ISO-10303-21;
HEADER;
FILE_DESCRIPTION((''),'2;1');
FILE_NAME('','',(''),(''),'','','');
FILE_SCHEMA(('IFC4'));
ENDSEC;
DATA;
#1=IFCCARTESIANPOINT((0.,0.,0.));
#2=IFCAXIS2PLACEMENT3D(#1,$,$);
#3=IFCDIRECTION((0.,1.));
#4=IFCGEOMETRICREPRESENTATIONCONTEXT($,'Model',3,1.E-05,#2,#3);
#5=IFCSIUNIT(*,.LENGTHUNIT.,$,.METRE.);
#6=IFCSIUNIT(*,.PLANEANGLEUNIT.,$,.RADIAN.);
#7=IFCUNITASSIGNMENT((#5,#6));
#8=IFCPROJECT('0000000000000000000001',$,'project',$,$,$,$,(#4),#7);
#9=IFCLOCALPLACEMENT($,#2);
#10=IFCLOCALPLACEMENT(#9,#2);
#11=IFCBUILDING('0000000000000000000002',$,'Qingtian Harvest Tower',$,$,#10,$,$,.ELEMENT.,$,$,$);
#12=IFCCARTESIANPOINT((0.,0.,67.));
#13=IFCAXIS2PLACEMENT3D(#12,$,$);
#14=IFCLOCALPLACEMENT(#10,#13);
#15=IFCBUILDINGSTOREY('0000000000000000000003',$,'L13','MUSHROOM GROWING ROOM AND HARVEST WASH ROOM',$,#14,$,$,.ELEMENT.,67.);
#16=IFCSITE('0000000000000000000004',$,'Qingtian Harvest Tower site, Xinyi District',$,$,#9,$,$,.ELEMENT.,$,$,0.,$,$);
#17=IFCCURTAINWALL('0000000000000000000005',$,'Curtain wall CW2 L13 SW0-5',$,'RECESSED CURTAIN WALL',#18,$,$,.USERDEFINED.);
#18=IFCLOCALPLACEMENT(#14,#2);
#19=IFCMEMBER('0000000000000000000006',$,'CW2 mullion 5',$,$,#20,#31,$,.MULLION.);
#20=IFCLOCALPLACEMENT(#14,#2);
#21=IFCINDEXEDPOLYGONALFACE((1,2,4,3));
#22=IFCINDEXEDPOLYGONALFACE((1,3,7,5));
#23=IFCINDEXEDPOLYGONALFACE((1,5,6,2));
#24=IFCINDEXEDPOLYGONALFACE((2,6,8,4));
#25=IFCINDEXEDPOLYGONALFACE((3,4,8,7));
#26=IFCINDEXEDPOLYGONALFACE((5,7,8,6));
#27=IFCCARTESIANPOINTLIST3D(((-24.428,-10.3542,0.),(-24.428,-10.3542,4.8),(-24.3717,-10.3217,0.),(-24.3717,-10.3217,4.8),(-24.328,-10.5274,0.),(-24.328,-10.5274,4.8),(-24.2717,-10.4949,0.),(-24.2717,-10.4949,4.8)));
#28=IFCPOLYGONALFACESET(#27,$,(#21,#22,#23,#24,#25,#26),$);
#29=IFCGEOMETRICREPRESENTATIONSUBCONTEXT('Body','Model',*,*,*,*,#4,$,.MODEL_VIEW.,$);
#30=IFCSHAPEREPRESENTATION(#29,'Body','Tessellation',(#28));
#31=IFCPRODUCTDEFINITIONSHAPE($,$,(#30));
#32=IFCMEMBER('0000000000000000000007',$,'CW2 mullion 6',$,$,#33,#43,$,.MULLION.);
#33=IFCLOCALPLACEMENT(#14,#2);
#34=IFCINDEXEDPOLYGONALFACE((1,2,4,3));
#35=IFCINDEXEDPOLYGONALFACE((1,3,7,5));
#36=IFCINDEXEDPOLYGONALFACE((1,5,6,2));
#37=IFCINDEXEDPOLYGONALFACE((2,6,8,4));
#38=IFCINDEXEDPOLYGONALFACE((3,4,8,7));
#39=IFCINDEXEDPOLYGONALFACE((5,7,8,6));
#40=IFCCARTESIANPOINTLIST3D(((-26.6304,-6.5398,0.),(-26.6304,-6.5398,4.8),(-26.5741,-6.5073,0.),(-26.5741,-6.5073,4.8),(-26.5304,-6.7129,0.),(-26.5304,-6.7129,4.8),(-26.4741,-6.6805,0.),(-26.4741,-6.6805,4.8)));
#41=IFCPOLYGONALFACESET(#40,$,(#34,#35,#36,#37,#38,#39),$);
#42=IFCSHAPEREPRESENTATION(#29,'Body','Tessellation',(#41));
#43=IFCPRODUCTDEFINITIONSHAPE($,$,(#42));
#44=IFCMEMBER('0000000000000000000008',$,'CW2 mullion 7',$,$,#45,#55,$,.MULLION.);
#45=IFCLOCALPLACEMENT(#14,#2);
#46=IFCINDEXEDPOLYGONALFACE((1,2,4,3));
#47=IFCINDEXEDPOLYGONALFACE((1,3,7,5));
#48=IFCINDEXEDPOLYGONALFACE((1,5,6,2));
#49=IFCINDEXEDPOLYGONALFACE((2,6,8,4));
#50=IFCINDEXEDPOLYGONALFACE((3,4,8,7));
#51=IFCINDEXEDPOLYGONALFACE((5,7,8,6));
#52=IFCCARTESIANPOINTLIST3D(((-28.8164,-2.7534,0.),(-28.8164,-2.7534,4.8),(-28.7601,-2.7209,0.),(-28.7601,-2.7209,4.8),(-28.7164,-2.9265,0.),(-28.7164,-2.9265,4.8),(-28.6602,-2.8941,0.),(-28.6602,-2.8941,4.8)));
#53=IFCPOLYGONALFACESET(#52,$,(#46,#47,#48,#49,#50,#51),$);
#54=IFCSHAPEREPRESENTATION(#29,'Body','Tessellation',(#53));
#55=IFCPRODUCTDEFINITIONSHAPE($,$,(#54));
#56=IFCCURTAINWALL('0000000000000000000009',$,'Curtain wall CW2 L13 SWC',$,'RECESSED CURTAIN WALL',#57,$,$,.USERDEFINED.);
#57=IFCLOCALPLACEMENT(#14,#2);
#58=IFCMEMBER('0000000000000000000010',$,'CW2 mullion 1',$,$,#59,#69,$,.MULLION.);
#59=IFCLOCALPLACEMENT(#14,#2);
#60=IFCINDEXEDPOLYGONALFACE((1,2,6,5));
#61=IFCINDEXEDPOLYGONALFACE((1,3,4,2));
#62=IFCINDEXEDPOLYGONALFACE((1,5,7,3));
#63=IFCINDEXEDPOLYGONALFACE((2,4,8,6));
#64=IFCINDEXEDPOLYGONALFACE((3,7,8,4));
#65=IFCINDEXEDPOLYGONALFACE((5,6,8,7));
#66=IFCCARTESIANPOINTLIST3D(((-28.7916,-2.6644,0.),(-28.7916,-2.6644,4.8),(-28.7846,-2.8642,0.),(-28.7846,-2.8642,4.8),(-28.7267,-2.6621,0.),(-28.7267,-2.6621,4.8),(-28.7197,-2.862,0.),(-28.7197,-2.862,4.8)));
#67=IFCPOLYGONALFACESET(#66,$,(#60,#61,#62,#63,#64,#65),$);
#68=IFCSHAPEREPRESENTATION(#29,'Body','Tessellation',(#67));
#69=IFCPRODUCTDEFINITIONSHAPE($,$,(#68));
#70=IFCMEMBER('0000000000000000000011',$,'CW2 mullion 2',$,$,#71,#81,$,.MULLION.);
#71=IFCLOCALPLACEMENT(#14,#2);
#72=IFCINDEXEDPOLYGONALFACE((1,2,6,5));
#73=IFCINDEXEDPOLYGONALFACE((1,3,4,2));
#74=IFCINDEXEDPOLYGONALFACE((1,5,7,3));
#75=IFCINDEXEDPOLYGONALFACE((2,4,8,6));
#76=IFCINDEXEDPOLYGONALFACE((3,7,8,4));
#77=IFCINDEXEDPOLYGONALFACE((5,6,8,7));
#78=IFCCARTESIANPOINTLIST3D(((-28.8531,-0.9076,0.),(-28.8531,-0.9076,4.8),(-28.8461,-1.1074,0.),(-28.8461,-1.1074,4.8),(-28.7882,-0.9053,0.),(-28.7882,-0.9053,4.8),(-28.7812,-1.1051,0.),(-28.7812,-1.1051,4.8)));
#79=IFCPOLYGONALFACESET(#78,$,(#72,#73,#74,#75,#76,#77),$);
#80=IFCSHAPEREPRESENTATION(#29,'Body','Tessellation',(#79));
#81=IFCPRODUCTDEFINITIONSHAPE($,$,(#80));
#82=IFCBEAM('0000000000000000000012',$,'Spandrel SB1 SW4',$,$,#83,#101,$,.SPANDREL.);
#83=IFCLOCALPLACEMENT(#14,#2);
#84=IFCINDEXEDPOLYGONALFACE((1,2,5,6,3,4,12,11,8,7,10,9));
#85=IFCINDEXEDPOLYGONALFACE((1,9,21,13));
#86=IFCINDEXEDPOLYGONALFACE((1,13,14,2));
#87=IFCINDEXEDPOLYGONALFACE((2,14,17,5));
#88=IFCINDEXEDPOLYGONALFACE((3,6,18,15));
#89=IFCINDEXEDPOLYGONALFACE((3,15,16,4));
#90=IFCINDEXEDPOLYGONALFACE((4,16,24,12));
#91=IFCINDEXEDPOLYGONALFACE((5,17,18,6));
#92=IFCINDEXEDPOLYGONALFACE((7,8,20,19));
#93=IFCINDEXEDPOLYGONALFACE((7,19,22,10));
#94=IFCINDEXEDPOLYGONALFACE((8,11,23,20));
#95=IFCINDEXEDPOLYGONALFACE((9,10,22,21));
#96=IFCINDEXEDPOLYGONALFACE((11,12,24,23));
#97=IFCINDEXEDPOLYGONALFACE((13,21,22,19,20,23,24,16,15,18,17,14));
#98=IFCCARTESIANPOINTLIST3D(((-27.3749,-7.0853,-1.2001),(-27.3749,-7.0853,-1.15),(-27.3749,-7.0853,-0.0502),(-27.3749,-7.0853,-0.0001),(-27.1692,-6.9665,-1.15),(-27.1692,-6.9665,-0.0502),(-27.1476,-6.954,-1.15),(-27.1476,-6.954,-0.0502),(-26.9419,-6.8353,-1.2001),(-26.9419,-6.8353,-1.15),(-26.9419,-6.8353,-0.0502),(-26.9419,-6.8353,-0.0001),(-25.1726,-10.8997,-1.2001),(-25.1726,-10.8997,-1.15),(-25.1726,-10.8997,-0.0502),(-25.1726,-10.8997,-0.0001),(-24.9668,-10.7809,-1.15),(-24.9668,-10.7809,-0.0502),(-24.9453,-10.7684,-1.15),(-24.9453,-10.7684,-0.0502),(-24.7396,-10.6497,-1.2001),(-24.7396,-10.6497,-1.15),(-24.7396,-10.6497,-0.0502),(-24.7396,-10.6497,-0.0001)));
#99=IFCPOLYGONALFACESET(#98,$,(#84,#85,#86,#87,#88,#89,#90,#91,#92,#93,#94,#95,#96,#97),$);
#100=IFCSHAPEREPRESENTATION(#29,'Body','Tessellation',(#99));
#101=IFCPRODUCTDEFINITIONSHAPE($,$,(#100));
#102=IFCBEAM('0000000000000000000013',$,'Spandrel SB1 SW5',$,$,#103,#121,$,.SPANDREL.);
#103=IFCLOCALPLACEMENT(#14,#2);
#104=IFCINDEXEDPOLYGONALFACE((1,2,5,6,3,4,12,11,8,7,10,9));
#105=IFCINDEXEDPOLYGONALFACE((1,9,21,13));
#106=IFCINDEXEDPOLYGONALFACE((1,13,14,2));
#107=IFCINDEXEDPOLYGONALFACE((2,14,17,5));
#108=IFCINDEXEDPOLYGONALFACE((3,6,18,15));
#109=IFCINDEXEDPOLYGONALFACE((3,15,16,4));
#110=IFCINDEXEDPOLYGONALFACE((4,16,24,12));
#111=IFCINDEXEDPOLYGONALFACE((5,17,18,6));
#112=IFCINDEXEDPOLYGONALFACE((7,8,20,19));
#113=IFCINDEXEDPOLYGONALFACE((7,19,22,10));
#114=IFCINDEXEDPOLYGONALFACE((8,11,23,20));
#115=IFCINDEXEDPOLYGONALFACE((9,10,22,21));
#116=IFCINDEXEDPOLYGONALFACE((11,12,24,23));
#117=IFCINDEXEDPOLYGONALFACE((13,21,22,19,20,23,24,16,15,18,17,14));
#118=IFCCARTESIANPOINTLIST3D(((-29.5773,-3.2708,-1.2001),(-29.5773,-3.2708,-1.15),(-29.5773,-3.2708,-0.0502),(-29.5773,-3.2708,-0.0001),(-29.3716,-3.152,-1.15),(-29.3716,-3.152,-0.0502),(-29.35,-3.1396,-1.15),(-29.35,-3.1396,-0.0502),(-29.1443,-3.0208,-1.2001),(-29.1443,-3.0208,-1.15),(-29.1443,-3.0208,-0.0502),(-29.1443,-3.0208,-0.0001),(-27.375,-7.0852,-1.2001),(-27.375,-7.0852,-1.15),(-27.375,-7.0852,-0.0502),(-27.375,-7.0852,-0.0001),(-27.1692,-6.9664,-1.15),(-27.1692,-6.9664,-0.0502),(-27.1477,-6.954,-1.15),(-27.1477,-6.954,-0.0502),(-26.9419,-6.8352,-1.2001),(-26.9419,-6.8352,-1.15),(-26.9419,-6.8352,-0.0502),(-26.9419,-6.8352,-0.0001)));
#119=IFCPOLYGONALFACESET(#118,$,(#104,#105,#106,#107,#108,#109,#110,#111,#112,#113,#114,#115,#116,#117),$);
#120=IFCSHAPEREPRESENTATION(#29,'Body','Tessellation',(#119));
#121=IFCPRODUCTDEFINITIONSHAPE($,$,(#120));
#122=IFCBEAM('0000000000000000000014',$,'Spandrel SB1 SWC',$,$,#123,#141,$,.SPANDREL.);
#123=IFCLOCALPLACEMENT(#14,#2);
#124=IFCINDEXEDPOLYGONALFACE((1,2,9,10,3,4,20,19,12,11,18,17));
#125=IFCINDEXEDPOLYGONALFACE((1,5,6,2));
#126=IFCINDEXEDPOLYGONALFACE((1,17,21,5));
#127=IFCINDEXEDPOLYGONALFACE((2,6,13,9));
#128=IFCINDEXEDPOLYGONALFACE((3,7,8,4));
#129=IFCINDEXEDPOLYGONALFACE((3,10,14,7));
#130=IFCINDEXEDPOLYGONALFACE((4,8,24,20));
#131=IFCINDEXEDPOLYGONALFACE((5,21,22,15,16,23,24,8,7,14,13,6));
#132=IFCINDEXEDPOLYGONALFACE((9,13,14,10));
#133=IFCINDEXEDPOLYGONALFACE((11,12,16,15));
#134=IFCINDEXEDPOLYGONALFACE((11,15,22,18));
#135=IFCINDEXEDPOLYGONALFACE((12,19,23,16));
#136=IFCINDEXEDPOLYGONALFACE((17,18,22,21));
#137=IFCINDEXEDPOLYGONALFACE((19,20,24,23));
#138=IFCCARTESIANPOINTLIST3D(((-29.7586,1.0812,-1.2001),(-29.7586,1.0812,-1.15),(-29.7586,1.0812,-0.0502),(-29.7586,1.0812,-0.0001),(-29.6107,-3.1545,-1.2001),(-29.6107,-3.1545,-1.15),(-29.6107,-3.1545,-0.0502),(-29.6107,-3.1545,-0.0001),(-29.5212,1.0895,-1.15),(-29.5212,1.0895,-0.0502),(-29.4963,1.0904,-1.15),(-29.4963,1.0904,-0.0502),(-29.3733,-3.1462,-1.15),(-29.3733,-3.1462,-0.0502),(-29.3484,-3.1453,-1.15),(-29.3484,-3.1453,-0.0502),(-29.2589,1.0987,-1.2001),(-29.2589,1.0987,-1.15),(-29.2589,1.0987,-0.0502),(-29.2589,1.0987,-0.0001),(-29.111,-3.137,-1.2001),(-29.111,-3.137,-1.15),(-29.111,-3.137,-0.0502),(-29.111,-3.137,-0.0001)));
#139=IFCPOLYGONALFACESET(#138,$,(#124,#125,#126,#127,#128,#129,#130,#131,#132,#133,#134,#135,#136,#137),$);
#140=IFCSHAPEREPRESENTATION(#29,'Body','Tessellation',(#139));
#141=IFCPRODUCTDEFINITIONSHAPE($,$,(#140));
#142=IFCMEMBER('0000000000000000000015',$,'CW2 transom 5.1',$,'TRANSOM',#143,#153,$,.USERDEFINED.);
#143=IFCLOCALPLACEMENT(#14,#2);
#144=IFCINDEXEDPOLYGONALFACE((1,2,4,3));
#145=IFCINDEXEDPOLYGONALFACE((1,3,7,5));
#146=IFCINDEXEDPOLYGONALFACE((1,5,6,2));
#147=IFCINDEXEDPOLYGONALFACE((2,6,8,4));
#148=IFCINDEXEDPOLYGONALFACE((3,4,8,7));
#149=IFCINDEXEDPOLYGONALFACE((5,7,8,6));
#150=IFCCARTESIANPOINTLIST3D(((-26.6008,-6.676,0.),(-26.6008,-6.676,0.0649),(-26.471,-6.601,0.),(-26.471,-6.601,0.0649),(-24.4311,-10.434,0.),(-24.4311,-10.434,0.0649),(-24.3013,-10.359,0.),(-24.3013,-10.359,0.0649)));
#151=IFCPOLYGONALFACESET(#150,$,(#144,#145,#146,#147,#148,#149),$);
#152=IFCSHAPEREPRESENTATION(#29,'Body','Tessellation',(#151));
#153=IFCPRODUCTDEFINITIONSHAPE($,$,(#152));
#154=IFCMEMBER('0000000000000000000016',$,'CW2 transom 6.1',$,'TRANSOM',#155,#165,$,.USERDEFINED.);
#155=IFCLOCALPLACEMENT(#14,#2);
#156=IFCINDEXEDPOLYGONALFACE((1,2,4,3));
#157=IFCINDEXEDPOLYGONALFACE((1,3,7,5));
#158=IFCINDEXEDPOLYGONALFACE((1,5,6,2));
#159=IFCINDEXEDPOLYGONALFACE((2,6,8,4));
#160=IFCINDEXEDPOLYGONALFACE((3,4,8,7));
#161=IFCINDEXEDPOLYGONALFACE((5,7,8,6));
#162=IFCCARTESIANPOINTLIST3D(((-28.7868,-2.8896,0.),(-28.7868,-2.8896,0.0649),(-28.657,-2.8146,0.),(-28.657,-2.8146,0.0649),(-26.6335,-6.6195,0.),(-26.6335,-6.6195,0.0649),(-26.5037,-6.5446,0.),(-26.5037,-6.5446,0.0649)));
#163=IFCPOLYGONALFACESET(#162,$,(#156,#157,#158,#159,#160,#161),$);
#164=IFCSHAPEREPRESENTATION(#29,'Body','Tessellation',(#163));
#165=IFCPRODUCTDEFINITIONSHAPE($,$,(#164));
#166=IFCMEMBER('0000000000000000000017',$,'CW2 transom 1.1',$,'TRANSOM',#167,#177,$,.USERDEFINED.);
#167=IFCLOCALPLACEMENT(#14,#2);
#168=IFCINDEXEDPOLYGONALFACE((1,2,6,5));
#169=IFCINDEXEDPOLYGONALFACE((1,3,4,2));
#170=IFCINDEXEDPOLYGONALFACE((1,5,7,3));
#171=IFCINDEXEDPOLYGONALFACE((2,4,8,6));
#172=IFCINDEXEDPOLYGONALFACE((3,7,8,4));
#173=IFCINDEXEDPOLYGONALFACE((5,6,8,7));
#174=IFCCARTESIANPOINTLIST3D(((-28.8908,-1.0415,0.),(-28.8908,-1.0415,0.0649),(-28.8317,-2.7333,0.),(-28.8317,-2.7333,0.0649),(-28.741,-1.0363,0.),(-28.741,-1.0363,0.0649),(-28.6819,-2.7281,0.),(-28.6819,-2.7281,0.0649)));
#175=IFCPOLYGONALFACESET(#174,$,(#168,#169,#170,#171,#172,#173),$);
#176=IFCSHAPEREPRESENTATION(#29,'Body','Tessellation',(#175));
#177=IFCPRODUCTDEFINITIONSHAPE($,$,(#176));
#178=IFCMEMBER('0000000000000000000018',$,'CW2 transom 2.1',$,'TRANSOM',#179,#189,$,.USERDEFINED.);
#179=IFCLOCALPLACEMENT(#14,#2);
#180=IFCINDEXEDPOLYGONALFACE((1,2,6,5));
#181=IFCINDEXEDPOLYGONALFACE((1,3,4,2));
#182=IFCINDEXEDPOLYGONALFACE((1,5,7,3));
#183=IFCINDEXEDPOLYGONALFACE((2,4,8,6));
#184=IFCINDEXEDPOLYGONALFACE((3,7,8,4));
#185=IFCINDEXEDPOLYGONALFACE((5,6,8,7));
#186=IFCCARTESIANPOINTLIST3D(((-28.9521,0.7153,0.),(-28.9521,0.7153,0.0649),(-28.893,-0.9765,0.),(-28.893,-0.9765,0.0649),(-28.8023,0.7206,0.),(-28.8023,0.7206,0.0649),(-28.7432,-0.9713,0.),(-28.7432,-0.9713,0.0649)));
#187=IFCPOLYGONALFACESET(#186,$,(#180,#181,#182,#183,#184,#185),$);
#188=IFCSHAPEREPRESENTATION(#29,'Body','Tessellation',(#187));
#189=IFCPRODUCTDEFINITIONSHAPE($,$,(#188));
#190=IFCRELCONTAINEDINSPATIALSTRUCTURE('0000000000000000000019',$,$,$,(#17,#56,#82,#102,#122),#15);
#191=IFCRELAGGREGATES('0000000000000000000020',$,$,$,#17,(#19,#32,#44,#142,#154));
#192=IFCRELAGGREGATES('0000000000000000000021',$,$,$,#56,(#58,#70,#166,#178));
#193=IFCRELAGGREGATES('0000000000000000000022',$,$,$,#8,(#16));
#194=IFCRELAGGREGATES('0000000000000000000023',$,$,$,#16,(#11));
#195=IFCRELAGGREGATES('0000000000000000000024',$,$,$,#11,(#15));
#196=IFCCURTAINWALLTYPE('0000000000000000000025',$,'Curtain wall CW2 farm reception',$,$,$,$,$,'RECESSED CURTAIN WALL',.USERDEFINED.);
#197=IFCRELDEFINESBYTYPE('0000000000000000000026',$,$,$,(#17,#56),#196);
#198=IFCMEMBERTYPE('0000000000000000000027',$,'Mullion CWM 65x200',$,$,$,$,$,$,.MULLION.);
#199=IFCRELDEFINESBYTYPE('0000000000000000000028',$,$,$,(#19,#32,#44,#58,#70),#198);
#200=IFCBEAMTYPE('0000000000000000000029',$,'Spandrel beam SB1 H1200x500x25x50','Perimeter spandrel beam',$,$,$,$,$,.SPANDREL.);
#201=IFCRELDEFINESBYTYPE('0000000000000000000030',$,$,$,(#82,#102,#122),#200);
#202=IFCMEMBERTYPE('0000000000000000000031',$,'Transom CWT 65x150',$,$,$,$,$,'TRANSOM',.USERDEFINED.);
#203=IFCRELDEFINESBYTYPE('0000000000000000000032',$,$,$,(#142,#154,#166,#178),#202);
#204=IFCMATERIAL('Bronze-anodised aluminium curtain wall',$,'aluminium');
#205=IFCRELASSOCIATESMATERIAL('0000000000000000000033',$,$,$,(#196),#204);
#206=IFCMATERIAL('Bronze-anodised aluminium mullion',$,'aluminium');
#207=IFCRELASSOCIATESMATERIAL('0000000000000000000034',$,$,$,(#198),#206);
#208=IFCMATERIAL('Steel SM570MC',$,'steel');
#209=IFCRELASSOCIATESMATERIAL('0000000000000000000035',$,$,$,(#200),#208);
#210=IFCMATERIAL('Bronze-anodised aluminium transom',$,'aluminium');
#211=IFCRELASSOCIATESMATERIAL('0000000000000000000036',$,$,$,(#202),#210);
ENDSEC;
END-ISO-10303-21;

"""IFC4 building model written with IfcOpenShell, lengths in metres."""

from ifc_helpers import new_model, si_unit, direction, frame, origin, origin_2d, place, context, subcontext, project, spatial, rectangle, i_section, extrude, material, material_profile, profile_set, type_object, element, aggregate, save


model = new_model("IFC4")

# Units and contexts
model_context = context("Model", 3, precision=1e-05, world=origin(), true_north=direction((0.0, 1.0)))
body_context = subcontext(model_context, "Body", "Model", "MODEL_VIEW")
ifc_project = project(units=[si_unit("LENGTHUNIT", "METRE"), si_unit("PLANEANGLEUNIT", "RADIAN")], contexts=[model_context])

# Site, building, storey
site_placement = place(None, origin())
site = spatial("IfcSite", under=ifc_project, at=site_placement, Name="Qingtian Harvest Tower site, Xinyi District", CompositionType="ELEMENT", RefElevation=0.0)
building_placement = place(site_placement, origin())
building = spatial("IfcBuilding", under=site, at=building_placement, Name="Qingtian Harvest Tower", CompositionType="ELEMENT")
storey_placement = place(building_placement, frame((0.0, 0.0, 67.0)))
storey = spatial("IfcBuildingStorey", under=building, at=storey_placement, Name="L13", Description="MUSHROOM GROWING ROOM AND HARVEST WASH ROOM", CompositionType="ELEMENT", Elevation=67.0)

# Curtain walls, members
ifc_material_1 = material(Name="Bronze-anodised aluminium curtain wall", Category="aluminium")
curtain_wall_type = type_object("IfcCurtainWallType", Name="Curtain wall CW2 farm reception", ElementType="RECESSED CURTAIN WALL", PredefinedType="USERDEFINED", material=ifc_material_1)
curtain_wall_1_placement = place(storey_placement, origin())
curtain_wall_1 = element("IfcCurtainWall", 1, at=curtain_wall_1_placement, inside=storey, type_object=curtain_wall_type, Name="Curtain wall CW2 L13 SW0-5", ObjectType="RECESSED CURTAIN WALL", PredefinedType="USERDEFINED")
ifc_material_2 = material(Name="Bronze-anodised aluminium mullion", Category="aluminium")
ifc_material_profile_1 = material_profile(ifc_material_2, rectangle(XDim=0.0649, YDim=0.2, at=origin_2d()), Name="AL 65x200")
ifc_profile_set_1 = profile_set([ifc_material_profile_1], Name="Bronze-anodised aluminium mullion")
member_type_1 = type_object("IfcMemberType", Name="Mullion CWM 65x200", PredefinedType="MULLION", material=ifc_profile_set_1)
member_1_placement = place(storey_placement, frame((-24.3499, -10.4246, 0.0), z_axis=(0.0, 0.0, 1.0), x_axis=(-0.866025, -0.5, 0.0)))
member_1 = element("IfcMember", 2, at=member_1_placement, type_object=member_type_1, Name="CW2 mullion 5", PredefinedType="MULLION", context=body_context, shape_type="SweptSolid", body=[
    extrude(rectangle(XDim=0.0649, YDim=0.2, at=origin_2d()), origin(), (0.0, 0.0, 1.0), 4.8),
])
member_2_placement = place(storey_placement, frame((-26.5522, -6.6101, 0.0), z_axis=(0.0, 0.0, 1.0), x_axis=(-0.866025, -0.5, 0.0)))
member_2 = element("IfcMember", 3, at=member_2_placement, type_object=member_type_1, Name="CW2 mullion 6", PredefinedType="MULLION", context=body_context, shape_type="SweptSolid", body=[
    extrude(rectangle(XDim=0.0649, YDim=0.2, at=origin_2d()), origin(), (0.0, 0.0, 1.0), 4.8),
])
member_3_placement = place(storey_placement, frame((-28.7383, -2.8237, 0.0), z_axis=(0.0, 0.0, 1.0), x_axis=(-0.866025, -0.5, 0.0)))
member_3 = element("IfcMember", 4, at=member_3_placement, type_object=member_type_1, Name="CW2 mullion 7", PredefinedType="MULLION", context=body_context, shape_type="SweptSolid", body=[
    extrude(rectangle(XDim=0.0649, YDim=0.2, at=origin_2d()), origin(), (0.0, 0.0, 1.0), 4.8),
])
curtain_wall_2_placement = place(storey_placement, origin())
curtain_wall_2 = element("IfcCurtainWall", 5, at=curtain_wall_2_placement, inside=storey, type_object=curtain_wall_type, Name="Curtain wall CW2 L13 SWC", ObjectType="RECESSED CURTAIN WALL", PredefinedType="USERDEFINED")
member_4_placement = place(storey_placement, frame((-28.7556, -2.7632, 0.0), z_axis=(0.0, 0.0, 1.0), x_axis=(-0.999391, -0.034899, 0.0)))
member_4 = element("IfcMember", 6, at=member_4_placement, type_object=member_type_1, Name="CW2 mullion 1", PredefinedType="MULLION", context=body_context, shape_type="SweptSolid", body=[
    extrude(rectangle(XDim=0.0649, YDim=0.2, at=origin_2d()), origin(), (0.0, 0.0, 1.0), 4.8),
])
member_5_placement = place(storey_placement, frame((-28.8171, -1.0063, 0.0), z_axis=(0.0, 0.0, 1.0), x_axis=(-0.999391, -0.034899, 0.0)))
member_5 = element("IfcMember", 7, at=member_5_placement, type_object=member_type_1, Name="CW2 mullion 2", PredefinedType="MULLION", context=body_context, shape_type="SweptSolid", body=[
    extrude(rectangle(XDim=0.0649, YDim=0.2, at=origin_2d()), origin(), (0.0, 0.0, 1.0), 4.8),
])

# Beams
ifc_material_3 = material(Name="Steel SM570MC", Category="steel")
ifc_material_profile_2 = material_profile(ifc_material_3, i_section(OverallWidth=0.5, OverallDepth=1.2, WebThickness=0.0249, FlangeThickness=0.05, at=origin_2d()), Name="H1200x500x25x50")
ifc_profile_set_2 = profile_set([ifc_material_profile_2], Name="Steel SM570MC")
beam_type_1 = type_object("IfcBeamType", Name="Spandrel beam SB1 H1200x500x25x50", Description="Perimeter spandrel beam", PredefinedType="SPANDREL", material=ifc_profile_set_2)
for number, where, z_axis, x_axis, name in (
    (8, (-24.9561, -10.7747, -0.6001), (-0.50002, 0.866014, 0.0), (-0.866014, -0.50002, 0.0), "Spandrel SB1 SW4"),
    (9, (-27.1584, -6.9602, -0.6001), (-0.50002, 0.866014, 0.0), (-0.866014, -0.50002, 0.0), "Spandrel SB1 SW5"),
):
    element("IfcBeam", number, at=place(storey_placement, frame(where, z_axis=z_axis, x_axis=x_axis)), inside=storey, type_object=beam_type_1, Name=name, PredefinedType="SPANDREL", context=body_context, shape_type="SweptSolid", body=[
        extrude(i_section(OverallWidth=0.5, OverallDepth=1.2, WebThickness=0.0249, FlangeThickness=0.05, at=origin_2d()), origin(), (0.0, 0.0, 1.0), 4.4045),
    ])
beam_1_placement = place(storey_placement, frame((-29.3608, -3.1458, -0.6001), z_axis=(-0.034909, 0.999391, 0.0), x_axis=(-0.999391, -0.034909, 0.0)))
element("IfcBeam", 10, at=beam_1_placement, inside=storey, type_object=beam_type_1, Name="Spandrel SB1 SWC", PredefinedType="SPANDREL", context=body_context, shape_type="SweptSolid", body=[
    extrude(i_section(OverallWidth=0.5, OverallDepth=1.2, WebThickness=0.0249, FlangeThickness=0.05, at=origin_2d()), origin(), (0.0, 0.0, 1.0), 4.2383),
])

# Members
ifc_material_4 = material(Name="Bronze-anodised aluminium transom", Category="aluminium")
ifc_material_profile_3 = material_profile(ifc_material_4, rectangle(XDim=0.1499, YDim=0.0649, at=origin_2d()), Name="AL 65x150")
ifc_profile_set_3 = profile_set([ifc_material_profile_3], Name="Bronze-anodised aluminium transom")
member_type_2 = type_object("IfcMemberType", Name="Transom CWT 65x150", ElementType="TRANSOM", PredefinedType="USERDEFINED", material=ifc_profile_set_3)
member_6_placement = place(storey_placement, frame((-24.3662, -10.3965, 0.0325), z_axis=(-0.499994, 0.866029, 0.0), x_axis=(-0.866029, -0.499994, 0.0)))
member_6 = element("IfcMember", 11, at=member_6_placement, type_object=member_type_2, Name="CW2 transom 5.1", ObjectType="TRANSOM", PredefinedType="USERDEFINED", context=body_context, shape_type="SweptSolid", body=[
    extrude(rectangle(XDim=0.1499, YDim=0.0649, at=origin_2d()), origin(), (0.0, 0.0, 1.0), 4.3394),
])
member_7_placement = place(storey_placement, frame((-26.5686, -6.582, 0.0325), z_axis=(-0.499968, 0.866044, 0.0), x_axis=(-0.866044, -0.499968, 0.0)))
member_7 = element("IfcMember", 12, at=member_7_placement, type_object=member_type_2, Name="CW2 transom 6.1", ObjectType="TRANSOM", PredefinedType="USERDEFINED", context=body_context, shape_type="SweptSolid", body=[
    extrude(rectangle(XDim=0.1499, YDim=0.0649, at=origin_2d()), origin(), (0.0, 0.0, 1.0), 4.3069),
])
member_8_placement = place(storey_placement, frame((-28.7568, -2.7307, 0.0325), z_axis=(-0.034899, 0.999391, 0.0), x_axis=(-0.999391, -0.034899, 0.0)))
member_8 = element("IfcMember", 13, at=member_8_placement, type_object=member_type_2, Name="CW2 transom 1.1", ObjectType="TRANSOM", PredefinedType="USERDEFINED", context=body_context, shape_type="SweptSolid", body=[
    extrude(rectangle(XDim=0.1499, YDim=0.0649, at=origin_2d()), origin(), (0.0, 0.0, 1.0), 1.6929),
])
member_9_placement = place(storey_placement, frame((-28.8181, -0.9739, 0.0325), z_axis=(-0.034899, 0.999391, 0.0), x_axis=(-0.999391, -0.034899, 0.0)))
member_9 = element("IfcMember", 14, at=member_9_placement, type_object=member_type_2, Name="CW2 transom 2.1", ObjectType="TRANSOM", PredefinedType="USERDEFINED", context=body_context, shape_type="SweptSolid", body=[
    extrude(rectangle(XDim=0.1499, YDim=0.0649, at=origin_2d()), origin(), (0.0, 0.0, 1.0), 1.6929),
])

aggregate(curtain_wall_1, [member_1, member_2, member_3, member_6, member_7])
aggregate(curtain_wall_2, [member_4, member_5, member_8, member_9])

save(model, "model.ifc")
